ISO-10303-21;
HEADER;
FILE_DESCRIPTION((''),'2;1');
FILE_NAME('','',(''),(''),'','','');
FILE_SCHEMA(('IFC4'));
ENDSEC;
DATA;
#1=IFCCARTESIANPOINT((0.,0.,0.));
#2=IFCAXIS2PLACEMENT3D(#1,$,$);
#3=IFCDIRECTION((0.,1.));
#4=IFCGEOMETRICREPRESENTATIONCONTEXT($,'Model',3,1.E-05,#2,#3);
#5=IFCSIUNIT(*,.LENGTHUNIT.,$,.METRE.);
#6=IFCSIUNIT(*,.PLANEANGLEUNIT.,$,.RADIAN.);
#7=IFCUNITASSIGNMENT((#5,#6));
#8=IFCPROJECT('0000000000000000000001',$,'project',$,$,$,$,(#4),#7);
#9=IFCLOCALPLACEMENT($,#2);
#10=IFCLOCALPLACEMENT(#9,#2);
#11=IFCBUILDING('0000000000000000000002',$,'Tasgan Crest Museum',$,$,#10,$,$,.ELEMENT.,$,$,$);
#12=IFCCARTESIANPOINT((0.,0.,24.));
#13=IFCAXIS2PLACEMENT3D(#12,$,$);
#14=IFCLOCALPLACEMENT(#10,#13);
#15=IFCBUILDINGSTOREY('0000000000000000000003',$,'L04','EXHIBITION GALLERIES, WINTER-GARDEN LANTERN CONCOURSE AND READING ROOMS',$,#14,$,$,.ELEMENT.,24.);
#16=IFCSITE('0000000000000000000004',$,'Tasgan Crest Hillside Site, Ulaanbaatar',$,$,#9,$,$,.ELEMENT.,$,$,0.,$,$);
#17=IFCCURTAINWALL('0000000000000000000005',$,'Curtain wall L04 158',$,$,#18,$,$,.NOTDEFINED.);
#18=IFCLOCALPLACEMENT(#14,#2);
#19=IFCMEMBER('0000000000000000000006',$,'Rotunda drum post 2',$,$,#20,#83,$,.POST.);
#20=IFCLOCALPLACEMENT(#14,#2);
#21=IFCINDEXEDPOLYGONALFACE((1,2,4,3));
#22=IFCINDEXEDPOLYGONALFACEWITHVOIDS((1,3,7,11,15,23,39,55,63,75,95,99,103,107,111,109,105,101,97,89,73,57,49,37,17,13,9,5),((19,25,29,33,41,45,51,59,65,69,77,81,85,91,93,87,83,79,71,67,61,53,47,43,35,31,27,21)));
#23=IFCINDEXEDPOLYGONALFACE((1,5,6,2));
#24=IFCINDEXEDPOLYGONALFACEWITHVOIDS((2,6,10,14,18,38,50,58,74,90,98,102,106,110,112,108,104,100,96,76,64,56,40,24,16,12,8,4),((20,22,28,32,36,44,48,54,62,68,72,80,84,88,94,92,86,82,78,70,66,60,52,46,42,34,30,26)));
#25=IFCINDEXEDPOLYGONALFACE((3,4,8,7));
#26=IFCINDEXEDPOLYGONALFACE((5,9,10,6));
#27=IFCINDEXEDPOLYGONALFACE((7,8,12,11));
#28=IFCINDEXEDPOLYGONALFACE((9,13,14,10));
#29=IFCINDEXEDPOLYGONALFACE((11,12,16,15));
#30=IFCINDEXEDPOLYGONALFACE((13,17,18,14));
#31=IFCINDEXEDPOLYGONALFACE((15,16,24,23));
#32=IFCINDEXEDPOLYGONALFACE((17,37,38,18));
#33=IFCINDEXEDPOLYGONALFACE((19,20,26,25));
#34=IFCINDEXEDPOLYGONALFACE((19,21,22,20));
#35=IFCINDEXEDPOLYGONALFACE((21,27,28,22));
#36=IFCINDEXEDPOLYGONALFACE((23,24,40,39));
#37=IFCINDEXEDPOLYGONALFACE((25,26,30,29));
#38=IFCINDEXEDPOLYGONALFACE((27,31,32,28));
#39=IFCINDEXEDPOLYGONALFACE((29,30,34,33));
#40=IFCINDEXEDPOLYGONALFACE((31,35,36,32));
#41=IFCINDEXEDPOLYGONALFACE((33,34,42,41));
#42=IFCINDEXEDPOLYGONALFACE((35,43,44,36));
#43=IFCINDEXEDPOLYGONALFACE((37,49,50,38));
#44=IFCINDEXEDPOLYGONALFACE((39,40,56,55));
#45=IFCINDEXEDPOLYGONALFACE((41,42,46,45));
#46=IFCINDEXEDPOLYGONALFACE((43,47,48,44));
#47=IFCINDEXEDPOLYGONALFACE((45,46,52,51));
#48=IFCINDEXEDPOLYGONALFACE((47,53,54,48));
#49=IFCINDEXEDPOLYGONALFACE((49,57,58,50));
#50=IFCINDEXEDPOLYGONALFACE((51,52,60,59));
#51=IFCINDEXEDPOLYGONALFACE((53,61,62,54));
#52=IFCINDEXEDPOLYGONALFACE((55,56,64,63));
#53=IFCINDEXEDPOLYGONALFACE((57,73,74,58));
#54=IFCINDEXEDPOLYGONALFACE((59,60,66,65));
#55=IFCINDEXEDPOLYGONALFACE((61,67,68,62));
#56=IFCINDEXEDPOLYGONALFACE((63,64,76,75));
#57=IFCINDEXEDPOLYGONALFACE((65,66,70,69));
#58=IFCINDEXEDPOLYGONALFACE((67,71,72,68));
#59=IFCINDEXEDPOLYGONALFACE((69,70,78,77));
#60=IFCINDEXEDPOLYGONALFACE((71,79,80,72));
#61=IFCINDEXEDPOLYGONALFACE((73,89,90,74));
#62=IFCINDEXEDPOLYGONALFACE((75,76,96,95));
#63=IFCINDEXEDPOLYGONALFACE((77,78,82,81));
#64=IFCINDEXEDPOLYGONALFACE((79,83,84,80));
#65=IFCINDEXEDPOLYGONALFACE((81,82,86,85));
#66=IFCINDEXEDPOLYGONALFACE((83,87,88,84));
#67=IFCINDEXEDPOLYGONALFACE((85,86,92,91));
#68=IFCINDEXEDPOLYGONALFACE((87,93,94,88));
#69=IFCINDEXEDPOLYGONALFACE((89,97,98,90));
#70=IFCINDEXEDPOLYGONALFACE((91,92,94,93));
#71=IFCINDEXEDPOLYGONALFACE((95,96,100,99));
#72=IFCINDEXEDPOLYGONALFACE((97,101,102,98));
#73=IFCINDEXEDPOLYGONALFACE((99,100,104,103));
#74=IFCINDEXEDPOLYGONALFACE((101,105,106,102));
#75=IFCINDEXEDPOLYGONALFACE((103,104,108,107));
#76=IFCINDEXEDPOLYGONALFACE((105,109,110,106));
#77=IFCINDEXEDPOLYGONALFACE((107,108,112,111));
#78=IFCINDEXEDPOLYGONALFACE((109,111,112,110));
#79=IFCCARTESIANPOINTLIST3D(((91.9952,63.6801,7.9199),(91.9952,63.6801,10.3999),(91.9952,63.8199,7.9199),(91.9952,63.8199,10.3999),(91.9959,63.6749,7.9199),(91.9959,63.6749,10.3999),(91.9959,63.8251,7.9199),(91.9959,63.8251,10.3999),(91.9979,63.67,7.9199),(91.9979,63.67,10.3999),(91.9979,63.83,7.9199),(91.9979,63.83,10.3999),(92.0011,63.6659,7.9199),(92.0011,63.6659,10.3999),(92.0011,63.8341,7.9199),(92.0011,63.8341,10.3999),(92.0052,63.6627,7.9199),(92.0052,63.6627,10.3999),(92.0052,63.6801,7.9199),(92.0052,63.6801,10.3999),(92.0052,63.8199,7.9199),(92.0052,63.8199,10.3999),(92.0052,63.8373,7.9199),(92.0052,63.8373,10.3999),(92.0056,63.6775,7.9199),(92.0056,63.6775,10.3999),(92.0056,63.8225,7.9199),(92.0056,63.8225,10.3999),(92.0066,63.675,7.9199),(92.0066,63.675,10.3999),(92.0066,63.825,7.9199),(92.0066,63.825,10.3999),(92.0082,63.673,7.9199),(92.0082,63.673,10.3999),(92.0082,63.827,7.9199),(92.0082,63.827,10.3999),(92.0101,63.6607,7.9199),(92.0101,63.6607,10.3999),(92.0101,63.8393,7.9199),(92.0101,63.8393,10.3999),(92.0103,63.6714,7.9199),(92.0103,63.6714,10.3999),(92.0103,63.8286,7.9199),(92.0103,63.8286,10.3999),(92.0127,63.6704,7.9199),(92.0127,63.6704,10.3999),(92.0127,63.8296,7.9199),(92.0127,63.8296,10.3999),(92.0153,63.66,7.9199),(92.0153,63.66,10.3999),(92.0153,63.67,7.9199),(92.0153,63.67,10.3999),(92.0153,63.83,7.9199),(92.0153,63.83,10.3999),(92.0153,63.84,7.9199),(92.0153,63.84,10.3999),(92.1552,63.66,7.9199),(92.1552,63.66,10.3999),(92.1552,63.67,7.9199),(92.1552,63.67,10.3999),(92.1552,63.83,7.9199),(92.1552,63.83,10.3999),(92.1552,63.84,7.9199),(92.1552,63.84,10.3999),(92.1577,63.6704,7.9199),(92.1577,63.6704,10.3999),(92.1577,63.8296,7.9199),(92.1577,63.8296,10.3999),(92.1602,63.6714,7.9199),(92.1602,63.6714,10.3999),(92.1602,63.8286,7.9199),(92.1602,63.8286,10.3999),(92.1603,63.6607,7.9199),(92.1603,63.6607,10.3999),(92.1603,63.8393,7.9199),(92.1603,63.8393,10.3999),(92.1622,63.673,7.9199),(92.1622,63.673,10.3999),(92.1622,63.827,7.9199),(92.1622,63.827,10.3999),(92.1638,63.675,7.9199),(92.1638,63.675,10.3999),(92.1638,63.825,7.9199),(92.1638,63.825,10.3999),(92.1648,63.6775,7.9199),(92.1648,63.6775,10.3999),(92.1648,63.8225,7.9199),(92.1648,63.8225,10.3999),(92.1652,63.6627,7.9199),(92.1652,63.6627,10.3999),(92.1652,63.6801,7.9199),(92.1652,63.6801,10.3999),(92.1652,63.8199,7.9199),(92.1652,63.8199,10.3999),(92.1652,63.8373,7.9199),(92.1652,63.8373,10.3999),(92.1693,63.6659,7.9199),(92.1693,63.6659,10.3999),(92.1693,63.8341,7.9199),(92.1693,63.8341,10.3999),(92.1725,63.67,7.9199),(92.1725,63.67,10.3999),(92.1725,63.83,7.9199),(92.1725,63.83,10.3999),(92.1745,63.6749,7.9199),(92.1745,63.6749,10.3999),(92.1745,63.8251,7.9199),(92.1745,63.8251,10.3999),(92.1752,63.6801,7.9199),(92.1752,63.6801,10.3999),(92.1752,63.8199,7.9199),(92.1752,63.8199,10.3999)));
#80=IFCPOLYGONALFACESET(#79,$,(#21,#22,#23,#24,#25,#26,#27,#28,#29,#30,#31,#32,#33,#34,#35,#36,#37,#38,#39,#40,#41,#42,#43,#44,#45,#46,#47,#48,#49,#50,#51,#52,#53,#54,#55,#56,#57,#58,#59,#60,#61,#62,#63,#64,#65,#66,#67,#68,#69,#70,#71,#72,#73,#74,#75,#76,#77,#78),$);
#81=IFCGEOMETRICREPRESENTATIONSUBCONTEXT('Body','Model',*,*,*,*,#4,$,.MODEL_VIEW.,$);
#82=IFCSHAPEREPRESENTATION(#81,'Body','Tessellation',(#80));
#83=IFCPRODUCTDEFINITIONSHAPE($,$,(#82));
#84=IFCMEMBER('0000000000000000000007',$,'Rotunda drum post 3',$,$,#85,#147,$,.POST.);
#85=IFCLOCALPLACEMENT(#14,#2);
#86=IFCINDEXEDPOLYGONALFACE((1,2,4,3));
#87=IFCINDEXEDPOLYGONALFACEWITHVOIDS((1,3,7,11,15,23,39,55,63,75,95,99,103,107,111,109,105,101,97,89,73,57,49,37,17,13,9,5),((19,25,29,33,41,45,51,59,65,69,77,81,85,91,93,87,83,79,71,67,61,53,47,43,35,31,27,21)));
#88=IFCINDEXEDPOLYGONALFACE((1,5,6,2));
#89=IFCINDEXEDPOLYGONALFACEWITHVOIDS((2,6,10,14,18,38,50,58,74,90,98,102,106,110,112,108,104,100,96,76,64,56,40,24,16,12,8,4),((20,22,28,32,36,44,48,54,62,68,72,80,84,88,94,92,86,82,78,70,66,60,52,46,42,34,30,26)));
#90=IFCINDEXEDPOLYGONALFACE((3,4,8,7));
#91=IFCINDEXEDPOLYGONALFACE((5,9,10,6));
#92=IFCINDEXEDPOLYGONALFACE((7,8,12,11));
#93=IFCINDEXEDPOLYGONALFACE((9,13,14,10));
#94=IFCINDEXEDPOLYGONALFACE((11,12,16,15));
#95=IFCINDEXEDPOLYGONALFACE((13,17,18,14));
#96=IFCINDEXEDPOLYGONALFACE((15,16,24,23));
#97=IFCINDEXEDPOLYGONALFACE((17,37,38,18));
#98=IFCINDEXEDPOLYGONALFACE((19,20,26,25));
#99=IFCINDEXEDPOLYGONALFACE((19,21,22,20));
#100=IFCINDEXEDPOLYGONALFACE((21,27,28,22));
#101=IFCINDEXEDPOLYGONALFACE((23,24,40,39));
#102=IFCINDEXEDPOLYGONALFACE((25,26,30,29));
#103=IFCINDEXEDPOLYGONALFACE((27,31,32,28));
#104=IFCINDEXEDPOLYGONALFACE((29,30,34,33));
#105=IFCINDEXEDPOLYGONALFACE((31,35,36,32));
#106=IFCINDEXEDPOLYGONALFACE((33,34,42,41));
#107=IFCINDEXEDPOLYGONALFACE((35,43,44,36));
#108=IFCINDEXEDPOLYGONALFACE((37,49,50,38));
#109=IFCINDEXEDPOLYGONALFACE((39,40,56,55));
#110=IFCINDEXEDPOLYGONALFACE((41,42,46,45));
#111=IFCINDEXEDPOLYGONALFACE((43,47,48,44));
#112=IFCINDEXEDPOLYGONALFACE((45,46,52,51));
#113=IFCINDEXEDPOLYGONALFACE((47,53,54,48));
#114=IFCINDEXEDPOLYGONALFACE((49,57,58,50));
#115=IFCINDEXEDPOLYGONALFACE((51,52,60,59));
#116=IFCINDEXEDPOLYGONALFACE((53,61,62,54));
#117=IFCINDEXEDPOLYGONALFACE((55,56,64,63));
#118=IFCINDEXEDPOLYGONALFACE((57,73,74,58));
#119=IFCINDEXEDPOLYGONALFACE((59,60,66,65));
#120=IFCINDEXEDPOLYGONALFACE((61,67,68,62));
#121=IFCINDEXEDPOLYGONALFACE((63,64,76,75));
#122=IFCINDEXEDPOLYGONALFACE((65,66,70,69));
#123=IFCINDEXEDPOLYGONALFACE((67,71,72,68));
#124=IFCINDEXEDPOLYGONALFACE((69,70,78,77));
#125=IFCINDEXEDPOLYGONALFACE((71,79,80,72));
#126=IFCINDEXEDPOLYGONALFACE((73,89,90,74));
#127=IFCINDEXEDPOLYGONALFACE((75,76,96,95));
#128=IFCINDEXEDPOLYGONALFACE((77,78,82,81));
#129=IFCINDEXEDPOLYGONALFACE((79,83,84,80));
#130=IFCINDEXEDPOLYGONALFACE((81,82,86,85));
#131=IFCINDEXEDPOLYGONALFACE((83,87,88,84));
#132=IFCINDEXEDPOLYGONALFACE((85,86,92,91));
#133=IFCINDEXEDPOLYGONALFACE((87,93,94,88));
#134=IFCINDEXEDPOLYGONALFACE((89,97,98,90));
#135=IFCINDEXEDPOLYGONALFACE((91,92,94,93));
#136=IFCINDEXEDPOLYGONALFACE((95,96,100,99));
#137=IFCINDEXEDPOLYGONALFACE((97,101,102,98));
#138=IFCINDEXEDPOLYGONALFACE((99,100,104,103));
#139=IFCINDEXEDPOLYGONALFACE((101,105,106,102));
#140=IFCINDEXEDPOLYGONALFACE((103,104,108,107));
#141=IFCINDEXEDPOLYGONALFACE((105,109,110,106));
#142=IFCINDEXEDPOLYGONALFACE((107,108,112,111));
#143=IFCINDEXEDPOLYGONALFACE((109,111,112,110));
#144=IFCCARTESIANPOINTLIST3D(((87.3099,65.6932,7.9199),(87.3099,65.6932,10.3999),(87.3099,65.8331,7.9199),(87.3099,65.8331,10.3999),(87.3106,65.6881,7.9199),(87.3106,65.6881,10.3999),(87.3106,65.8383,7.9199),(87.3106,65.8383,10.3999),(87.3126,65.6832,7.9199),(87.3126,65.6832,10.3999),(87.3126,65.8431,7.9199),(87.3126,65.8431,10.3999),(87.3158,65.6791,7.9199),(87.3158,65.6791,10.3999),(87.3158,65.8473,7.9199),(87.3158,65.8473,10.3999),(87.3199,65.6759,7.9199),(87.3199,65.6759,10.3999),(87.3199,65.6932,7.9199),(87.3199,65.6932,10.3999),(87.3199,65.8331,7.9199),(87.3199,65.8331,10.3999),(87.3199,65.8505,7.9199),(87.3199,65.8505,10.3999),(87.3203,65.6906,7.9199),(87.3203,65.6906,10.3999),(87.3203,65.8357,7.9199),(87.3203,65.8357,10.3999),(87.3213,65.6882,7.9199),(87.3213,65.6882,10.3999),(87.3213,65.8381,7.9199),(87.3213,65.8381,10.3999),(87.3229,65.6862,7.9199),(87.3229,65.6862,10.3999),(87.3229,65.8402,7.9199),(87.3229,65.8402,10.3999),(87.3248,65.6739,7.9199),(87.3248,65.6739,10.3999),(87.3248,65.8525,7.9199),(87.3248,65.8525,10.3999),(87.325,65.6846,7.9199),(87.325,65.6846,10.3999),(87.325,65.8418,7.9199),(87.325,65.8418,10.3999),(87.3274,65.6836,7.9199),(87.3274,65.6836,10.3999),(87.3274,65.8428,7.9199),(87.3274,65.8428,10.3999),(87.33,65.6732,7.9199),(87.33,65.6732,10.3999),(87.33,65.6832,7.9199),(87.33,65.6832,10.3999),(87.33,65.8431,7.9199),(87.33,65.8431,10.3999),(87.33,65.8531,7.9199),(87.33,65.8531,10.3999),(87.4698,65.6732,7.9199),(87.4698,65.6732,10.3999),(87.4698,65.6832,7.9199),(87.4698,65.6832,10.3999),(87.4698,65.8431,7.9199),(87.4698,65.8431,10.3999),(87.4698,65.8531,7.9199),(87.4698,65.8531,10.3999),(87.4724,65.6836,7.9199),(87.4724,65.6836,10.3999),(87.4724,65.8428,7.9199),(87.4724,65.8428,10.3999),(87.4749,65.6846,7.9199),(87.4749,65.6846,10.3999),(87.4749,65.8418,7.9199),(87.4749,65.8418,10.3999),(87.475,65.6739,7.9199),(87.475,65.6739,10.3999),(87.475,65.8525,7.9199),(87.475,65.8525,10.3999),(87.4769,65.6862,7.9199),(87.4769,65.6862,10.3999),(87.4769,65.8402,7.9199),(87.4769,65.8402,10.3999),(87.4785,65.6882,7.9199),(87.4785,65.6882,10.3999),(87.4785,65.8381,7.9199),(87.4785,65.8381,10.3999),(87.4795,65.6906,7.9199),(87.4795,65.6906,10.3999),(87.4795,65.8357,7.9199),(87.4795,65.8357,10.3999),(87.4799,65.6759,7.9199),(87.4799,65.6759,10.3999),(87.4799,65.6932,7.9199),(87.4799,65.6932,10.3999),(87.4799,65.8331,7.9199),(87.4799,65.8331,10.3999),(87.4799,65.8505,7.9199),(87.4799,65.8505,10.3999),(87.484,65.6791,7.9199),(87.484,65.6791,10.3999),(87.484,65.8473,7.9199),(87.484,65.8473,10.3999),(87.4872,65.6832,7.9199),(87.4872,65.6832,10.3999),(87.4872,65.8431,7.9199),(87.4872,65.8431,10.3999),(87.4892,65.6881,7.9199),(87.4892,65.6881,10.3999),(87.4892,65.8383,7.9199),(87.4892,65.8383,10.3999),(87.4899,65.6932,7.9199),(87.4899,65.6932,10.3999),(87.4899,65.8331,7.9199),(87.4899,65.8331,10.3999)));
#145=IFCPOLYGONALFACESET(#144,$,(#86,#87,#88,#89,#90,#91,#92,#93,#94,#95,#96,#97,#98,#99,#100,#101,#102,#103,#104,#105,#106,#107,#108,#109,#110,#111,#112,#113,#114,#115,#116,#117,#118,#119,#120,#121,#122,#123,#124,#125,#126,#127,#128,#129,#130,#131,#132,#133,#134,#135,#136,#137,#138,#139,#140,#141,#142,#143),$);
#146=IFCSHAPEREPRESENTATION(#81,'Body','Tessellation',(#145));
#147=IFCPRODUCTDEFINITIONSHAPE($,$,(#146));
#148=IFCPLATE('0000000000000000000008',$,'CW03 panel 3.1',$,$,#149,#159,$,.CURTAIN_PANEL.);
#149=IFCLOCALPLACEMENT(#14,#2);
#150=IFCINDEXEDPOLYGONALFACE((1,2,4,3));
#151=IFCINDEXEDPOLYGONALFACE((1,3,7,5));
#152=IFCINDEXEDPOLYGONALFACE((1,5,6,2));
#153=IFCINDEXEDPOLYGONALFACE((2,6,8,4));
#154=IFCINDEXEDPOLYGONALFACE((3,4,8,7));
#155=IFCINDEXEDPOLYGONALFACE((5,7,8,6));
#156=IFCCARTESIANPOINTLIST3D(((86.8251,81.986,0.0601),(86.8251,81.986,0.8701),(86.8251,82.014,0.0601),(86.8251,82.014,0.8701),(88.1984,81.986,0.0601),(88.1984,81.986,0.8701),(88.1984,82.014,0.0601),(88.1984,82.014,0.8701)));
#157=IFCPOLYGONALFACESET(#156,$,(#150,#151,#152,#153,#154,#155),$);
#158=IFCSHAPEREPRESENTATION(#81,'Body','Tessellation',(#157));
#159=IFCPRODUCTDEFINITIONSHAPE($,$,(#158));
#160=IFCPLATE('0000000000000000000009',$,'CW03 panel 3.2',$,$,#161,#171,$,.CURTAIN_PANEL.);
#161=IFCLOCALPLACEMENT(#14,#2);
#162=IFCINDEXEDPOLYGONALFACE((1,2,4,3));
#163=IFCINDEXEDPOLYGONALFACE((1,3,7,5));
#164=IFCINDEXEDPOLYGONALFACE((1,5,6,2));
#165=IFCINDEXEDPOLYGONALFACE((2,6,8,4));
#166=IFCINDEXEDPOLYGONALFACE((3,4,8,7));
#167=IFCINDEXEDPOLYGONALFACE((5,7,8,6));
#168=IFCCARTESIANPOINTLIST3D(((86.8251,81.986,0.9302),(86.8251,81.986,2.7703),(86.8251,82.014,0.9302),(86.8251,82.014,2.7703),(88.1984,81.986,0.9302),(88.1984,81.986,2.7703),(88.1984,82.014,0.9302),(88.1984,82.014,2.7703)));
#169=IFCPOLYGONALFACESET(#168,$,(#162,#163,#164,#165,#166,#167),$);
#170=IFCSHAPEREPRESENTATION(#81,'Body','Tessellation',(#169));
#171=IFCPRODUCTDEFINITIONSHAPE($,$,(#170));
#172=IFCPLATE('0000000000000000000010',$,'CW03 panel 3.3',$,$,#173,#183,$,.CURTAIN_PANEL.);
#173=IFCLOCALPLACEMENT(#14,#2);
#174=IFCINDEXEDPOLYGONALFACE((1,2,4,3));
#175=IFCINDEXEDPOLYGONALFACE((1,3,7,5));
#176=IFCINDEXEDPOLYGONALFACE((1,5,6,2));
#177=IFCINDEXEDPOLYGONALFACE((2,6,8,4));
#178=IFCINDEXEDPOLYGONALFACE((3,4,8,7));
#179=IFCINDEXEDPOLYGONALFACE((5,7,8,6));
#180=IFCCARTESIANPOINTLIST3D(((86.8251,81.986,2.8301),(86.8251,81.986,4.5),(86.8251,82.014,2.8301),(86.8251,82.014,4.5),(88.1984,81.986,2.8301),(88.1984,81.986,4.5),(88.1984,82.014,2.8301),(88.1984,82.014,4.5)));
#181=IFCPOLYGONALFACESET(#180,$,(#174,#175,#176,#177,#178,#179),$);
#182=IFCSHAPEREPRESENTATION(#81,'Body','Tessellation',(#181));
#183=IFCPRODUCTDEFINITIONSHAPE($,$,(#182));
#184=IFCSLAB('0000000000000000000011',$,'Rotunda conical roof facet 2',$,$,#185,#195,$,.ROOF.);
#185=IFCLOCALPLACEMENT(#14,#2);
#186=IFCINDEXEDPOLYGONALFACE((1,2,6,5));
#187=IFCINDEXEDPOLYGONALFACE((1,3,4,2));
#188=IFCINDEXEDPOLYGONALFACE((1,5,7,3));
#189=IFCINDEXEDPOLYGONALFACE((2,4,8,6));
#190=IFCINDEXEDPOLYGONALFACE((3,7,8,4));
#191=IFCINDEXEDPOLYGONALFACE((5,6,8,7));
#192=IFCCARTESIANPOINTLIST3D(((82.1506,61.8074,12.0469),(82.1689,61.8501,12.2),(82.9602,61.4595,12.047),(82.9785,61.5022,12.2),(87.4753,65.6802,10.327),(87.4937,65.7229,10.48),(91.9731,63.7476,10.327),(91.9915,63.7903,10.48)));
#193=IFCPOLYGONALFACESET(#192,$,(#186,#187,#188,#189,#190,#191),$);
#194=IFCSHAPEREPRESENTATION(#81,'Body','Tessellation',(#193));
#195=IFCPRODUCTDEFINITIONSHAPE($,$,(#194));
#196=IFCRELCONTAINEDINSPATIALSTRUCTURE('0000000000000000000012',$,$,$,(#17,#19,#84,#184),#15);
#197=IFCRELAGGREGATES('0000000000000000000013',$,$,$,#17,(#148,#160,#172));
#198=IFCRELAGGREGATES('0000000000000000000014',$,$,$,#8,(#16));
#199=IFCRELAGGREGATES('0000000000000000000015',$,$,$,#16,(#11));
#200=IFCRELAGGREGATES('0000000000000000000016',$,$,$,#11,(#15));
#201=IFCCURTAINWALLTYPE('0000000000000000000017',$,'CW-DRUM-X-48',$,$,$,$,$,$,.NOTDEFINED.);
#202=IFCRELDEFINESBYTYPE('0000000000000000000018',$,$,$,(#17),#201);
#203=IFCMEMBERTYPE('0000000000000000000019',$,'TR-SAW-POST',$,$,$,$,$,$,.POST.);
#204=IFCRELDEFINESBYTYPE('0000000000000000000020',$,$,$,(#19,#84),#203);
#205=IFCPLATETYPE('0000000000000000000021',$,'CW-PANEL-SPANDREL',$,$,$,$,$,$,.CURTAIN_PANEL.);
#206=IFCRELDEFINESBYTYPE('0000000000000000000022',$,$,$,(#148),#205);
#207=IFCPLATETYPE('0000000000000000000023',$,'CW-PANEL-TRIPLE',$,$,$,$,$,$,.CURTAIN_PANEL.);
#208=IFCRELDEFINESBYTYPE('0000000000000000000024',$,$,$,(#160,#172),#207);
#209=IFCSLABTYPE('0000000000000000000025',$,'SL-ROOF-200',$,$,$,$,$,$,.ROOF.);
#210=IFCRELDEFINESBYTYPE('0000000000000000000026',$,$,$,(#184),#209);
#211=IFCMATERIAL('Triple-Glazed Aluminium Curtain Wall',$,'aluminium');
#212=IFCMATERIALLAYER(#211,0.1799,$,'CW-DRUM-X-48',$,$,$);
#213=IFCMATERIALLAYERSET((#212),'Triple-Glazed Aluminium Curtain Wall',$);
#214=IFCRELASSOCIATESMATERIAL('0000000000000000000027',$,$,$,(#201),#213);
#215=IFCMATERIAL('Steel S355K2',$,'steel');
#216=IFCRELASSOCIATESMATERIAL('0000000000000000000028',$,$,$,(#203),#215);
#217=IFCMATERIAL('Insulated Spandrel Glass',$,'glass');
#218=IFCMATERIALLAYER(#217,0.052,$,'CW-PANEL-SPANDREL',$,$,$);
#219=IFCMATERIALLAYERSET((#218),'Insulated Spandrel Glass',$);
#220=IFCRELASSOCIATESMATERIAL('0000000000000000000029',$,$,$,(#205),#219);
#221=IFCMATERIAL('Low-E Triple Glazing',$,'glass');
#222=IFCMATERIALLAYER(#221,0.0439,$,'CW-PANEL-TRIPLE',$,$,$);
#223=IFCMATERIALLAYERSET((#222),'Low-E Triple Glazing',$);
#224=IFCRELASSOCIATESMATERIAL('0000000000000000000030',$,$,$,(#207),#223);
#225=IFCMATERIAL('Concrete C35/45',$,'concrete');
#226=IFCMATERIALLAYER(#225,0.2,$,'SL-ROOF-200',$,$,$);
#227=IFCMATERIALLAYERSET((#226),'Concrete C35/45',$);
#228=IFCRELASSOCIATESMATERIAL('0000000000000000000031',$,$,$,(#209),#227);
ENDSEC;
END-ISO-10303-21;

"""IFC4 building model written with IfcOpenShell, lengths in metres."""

from ifc_helpers import new_model, si_unit, direction, frame, origin, origin_2d, place, context, subcontext, project, spatial, polyline, rectangle, hollow_rectangle, outline, extrude, material, layer, layer_set, material_profile, profile_set, type_object, element, aggregate, save


model = new_model("IFC4")

# Units and contexts
model_context = context("Model", 3, precision=1e-05, world=origin(), true_north=direction((0.0, 1.0)))
body_context = subcontext(model_context, "Body", "Model", "MODEL_VIEW")
ifc_project = project(units=[si_unit("LENGTHUNIT", "METRE"), si_unit("PLANEANGLEUNIT", "RADIAN")], contexts=[model_context])

# Site, building, storey
site_placement = place(None, origin())
site = spatial("IfcSite", under=ifc_project, at=site_placement, Name="Tasgan Crest Hillside Site, Ulaanbaatar", CompositionType="ELEMENT", RefElevation=0.0)
building_placement = place(site_placement, origin())
building = spatial("IfcBuilding", under=site, at=building_placement, Name="Tasgan Crest Museum", CompositionType="ELEMENT")
storey_placement = place(building_placement, frame((0.0, 0.0, 24.0)))
storey = spatial("IfcBuildingStorey", under=building, at=storey_placement, Name="L04", Description="EXHIBITION GALLERIES, WINTER-GARDEN LANTERN CONCOURSE AND READING ROOMS", CompositionType="ELEMENT", Elevation=24.0)

# Curtain wall
ifc_material_1 = material(Name="Triple-Glazed Aluminium Curtain Wall", Category="aluminium")
ifc_layer_1 = layer(ifc_material_1, 0.1799, Name="CW-DRUM-X-48")
ifc_layer_set_1 = layer_set([ifc_layer_1], Name="Triple-Glazed Aluminium Curtain Wall")
curtain_wall_type = type_object("IfcCurtainWallType", Name="CW-DRUM-X-48", PredefinedType="NOTDEFINED", material=ifc_layer_set_1)
curtain_wall_placement = place(storey_placement, origin())
curtain_wall = element("IfcCurtainWall", 1, at=curtain_wall_placement, inside=storey, type_object=curtain_wall_type, Name="Curtain wall L04 158", PredefinedType="NOTDEFINED")

# Members
ifc_material_2 = material(Name="Steel S355K2", Category="steel")
ifc_material_profile_1 = material_profile(ifc_material_2, hollow_rectangle(XDim=0.1799, YDim=0.1799, WallThickness=0.01, InnerFilletRadius=0.01, OuterFilletRadius=0.02, at=origin_2d()), Name="SHS 180x180x10")
ifc_profile_set_1 = profile_set([ifc_material_profile_1], Name="Steel S355K2")
member_type_1 = type_object("IfcMemberType", Name="TR-SAW-POST", PredefinedType="POST", material=ifc_profile_set_1)
for number, where, z_axis, x_axis, name in (
    (2, (92.0852, 63.75, 7.9199), (0.0, 0.0, 1.0), (1.0, 0.0, 0.0), "Rotunda drum post 2"),
    (3, (87.3999, 65.7632, 7.9199), (0.0, 0.0, 1.0), (1.0, 0.0, 0.0), "Rotunda drum post 3"),
):
    element("IfcMember", number, at=place(storey_placement, frame(where, z_axis=z_axis, x_axis=x_axis)), inside=storey, type_object=member_type_1, Name=name, PredefinedType="POST", context=body_context, shape_type="SweptSolid", body=[
        extrude(hollow_rectangle(XDim=0.1799, YDim=0.1799, WallThickness=0.01, InnerFilletRadius=0.01, OuterFilletRadius=0.02, at=origin_2d()), origin(), (0.0, 0.0, 1.0), 2.48),
    ])

# Plates
ifc_material_3 = material(Name="Insulated Spandrel Glass", Category="glass")
ifc_layer_2 = layer(ifc_material_3, 0.052, Name="CW-PANEL-SPANDREL")
ifc_layer_set_2 = layer_set([ifc_layer_2], Name="Insulated Spandrel Glass")
plate_type_1 = type_object("IfcPlateType", Name="CW-PANEL-SPANDREL", PredefinedType="CURTAIN_PANEL", material=ifc_layer_set_2)
plate_1_placement = place(storey_placement, frame((87.5117, 82.0, 0.0601), z_axis=(0.0, 0.0, 1.0), x_axis=(-1.0, 0.0, 0.0)))
plate_1 = element("IfcPlate", 4, at=plate_1_placement, type_object=plate_type_1, Name="CW03 panel 3.1", PredefinedType="CURTAIN_PANEL", context=body_context, shape_type="SweptSolid", body=[
    extrude(rectangle(XDim=1.3733, YDim=0.0281, at=origin_2d()), origin(), (0.0, 0.0, 1.0), 0.8101),
])
ifc_material_4 = material(Name="Low-E Triple Glazing", Category="glass")
ifc_layer_3 = layer(ifc_material_4, 0.0439, Name="CW-PANEL-TRIPLE")
ifc_layer_set_3 = layer_set([ifc_layer_3], Name="Low-E Triple Glazing")
plate_type_2 = type_object("IfcPlateType", Name="CW-PANEL-TRIPLE", PredefinedType="CURTAIN_PANEL", material=ifc_layer_set_3)
plate_2_placement = place(storey_placement, frame((87.5117, 82.0, 0.9302), z_axis=(0.0, 0.0, 1.0), x_axis=(-1.0, 0.0, 0.0)))
plate_2 = element("IfcPlate", 5, at=plate_2_placement, type_object=plate_type_2, Name="CW03 panel 3.2", PredefinedType="CURTAIN_PANEL", context=body_context, shape_type="SweptSolid", body=[
    extrude(rectangle(XDim=1.3733, YDim=0.0281, at=origin_2d()), origin(), (0.0, 0.0, 1.0), 1.8401),
])
plate_3_placement = place(storey_placement, frame((87.5117, 82.0, 2.8301), z_axis=(0.0, 0.0, 1.0), x_axis=(-1.0, 0.0, 0.0)))
plate_3 = element("IfcPlate", 6, at=plate_3_placement, type_object=plate_type_2, Name="CW03 panel 3.3", PredefinedType="CURTAIN_PANEL", context=body_context, shape_type="SweptSolid", body=[
    extrude(rectangle(XDim=1.3733, YDim=0.0281, at=origin_2d()), origin(), (0.0, 0.0, 1.0), 1.6699),
])
aggregate(curtain_wall, [plate_1, plate_2, plate_3])

# Slab
ifc_material_5 = material(Name="Concrete C35/45", Category="concrete")
ifc_layer_4 = layer(ifc_material_5, 0.2, Name="SL-ROOF-200")
ifc_layer_set_4 = layer_set([ifc_layer_4], Name="Concrete C35/45")
slab_type = type_object("IfcSlabType", Name="SL-ROOF-200", PredefinedType="ROOF", material=ifc_layer_set_4)
slab_1_placement = place(storey_placement, frame((91.9915, 63.7903, 10.48), z_axis=(0.114778, 0.26712, 0.956803), x_axis=(-0.918776, 0.39478, 0.000002)))
element("IfcSlab", 7, at=slab_1_placement, inside=storey, type_object=slab_type, Name="Rotunda conical roof facet 2", PredefinedType="ROOF", context=body_context, shape_type="SweptSolid", body=[
    extrude(outline(polyline([(0.0, 0.0), (4.8954, 0.0), (8.2587, 5.9159), (7.3776, 5.9159), (0.0, 0.0)])), origin(), (0.0, 0.0, -1.0), 0.1599),
])

save(model, "model.ifc")
